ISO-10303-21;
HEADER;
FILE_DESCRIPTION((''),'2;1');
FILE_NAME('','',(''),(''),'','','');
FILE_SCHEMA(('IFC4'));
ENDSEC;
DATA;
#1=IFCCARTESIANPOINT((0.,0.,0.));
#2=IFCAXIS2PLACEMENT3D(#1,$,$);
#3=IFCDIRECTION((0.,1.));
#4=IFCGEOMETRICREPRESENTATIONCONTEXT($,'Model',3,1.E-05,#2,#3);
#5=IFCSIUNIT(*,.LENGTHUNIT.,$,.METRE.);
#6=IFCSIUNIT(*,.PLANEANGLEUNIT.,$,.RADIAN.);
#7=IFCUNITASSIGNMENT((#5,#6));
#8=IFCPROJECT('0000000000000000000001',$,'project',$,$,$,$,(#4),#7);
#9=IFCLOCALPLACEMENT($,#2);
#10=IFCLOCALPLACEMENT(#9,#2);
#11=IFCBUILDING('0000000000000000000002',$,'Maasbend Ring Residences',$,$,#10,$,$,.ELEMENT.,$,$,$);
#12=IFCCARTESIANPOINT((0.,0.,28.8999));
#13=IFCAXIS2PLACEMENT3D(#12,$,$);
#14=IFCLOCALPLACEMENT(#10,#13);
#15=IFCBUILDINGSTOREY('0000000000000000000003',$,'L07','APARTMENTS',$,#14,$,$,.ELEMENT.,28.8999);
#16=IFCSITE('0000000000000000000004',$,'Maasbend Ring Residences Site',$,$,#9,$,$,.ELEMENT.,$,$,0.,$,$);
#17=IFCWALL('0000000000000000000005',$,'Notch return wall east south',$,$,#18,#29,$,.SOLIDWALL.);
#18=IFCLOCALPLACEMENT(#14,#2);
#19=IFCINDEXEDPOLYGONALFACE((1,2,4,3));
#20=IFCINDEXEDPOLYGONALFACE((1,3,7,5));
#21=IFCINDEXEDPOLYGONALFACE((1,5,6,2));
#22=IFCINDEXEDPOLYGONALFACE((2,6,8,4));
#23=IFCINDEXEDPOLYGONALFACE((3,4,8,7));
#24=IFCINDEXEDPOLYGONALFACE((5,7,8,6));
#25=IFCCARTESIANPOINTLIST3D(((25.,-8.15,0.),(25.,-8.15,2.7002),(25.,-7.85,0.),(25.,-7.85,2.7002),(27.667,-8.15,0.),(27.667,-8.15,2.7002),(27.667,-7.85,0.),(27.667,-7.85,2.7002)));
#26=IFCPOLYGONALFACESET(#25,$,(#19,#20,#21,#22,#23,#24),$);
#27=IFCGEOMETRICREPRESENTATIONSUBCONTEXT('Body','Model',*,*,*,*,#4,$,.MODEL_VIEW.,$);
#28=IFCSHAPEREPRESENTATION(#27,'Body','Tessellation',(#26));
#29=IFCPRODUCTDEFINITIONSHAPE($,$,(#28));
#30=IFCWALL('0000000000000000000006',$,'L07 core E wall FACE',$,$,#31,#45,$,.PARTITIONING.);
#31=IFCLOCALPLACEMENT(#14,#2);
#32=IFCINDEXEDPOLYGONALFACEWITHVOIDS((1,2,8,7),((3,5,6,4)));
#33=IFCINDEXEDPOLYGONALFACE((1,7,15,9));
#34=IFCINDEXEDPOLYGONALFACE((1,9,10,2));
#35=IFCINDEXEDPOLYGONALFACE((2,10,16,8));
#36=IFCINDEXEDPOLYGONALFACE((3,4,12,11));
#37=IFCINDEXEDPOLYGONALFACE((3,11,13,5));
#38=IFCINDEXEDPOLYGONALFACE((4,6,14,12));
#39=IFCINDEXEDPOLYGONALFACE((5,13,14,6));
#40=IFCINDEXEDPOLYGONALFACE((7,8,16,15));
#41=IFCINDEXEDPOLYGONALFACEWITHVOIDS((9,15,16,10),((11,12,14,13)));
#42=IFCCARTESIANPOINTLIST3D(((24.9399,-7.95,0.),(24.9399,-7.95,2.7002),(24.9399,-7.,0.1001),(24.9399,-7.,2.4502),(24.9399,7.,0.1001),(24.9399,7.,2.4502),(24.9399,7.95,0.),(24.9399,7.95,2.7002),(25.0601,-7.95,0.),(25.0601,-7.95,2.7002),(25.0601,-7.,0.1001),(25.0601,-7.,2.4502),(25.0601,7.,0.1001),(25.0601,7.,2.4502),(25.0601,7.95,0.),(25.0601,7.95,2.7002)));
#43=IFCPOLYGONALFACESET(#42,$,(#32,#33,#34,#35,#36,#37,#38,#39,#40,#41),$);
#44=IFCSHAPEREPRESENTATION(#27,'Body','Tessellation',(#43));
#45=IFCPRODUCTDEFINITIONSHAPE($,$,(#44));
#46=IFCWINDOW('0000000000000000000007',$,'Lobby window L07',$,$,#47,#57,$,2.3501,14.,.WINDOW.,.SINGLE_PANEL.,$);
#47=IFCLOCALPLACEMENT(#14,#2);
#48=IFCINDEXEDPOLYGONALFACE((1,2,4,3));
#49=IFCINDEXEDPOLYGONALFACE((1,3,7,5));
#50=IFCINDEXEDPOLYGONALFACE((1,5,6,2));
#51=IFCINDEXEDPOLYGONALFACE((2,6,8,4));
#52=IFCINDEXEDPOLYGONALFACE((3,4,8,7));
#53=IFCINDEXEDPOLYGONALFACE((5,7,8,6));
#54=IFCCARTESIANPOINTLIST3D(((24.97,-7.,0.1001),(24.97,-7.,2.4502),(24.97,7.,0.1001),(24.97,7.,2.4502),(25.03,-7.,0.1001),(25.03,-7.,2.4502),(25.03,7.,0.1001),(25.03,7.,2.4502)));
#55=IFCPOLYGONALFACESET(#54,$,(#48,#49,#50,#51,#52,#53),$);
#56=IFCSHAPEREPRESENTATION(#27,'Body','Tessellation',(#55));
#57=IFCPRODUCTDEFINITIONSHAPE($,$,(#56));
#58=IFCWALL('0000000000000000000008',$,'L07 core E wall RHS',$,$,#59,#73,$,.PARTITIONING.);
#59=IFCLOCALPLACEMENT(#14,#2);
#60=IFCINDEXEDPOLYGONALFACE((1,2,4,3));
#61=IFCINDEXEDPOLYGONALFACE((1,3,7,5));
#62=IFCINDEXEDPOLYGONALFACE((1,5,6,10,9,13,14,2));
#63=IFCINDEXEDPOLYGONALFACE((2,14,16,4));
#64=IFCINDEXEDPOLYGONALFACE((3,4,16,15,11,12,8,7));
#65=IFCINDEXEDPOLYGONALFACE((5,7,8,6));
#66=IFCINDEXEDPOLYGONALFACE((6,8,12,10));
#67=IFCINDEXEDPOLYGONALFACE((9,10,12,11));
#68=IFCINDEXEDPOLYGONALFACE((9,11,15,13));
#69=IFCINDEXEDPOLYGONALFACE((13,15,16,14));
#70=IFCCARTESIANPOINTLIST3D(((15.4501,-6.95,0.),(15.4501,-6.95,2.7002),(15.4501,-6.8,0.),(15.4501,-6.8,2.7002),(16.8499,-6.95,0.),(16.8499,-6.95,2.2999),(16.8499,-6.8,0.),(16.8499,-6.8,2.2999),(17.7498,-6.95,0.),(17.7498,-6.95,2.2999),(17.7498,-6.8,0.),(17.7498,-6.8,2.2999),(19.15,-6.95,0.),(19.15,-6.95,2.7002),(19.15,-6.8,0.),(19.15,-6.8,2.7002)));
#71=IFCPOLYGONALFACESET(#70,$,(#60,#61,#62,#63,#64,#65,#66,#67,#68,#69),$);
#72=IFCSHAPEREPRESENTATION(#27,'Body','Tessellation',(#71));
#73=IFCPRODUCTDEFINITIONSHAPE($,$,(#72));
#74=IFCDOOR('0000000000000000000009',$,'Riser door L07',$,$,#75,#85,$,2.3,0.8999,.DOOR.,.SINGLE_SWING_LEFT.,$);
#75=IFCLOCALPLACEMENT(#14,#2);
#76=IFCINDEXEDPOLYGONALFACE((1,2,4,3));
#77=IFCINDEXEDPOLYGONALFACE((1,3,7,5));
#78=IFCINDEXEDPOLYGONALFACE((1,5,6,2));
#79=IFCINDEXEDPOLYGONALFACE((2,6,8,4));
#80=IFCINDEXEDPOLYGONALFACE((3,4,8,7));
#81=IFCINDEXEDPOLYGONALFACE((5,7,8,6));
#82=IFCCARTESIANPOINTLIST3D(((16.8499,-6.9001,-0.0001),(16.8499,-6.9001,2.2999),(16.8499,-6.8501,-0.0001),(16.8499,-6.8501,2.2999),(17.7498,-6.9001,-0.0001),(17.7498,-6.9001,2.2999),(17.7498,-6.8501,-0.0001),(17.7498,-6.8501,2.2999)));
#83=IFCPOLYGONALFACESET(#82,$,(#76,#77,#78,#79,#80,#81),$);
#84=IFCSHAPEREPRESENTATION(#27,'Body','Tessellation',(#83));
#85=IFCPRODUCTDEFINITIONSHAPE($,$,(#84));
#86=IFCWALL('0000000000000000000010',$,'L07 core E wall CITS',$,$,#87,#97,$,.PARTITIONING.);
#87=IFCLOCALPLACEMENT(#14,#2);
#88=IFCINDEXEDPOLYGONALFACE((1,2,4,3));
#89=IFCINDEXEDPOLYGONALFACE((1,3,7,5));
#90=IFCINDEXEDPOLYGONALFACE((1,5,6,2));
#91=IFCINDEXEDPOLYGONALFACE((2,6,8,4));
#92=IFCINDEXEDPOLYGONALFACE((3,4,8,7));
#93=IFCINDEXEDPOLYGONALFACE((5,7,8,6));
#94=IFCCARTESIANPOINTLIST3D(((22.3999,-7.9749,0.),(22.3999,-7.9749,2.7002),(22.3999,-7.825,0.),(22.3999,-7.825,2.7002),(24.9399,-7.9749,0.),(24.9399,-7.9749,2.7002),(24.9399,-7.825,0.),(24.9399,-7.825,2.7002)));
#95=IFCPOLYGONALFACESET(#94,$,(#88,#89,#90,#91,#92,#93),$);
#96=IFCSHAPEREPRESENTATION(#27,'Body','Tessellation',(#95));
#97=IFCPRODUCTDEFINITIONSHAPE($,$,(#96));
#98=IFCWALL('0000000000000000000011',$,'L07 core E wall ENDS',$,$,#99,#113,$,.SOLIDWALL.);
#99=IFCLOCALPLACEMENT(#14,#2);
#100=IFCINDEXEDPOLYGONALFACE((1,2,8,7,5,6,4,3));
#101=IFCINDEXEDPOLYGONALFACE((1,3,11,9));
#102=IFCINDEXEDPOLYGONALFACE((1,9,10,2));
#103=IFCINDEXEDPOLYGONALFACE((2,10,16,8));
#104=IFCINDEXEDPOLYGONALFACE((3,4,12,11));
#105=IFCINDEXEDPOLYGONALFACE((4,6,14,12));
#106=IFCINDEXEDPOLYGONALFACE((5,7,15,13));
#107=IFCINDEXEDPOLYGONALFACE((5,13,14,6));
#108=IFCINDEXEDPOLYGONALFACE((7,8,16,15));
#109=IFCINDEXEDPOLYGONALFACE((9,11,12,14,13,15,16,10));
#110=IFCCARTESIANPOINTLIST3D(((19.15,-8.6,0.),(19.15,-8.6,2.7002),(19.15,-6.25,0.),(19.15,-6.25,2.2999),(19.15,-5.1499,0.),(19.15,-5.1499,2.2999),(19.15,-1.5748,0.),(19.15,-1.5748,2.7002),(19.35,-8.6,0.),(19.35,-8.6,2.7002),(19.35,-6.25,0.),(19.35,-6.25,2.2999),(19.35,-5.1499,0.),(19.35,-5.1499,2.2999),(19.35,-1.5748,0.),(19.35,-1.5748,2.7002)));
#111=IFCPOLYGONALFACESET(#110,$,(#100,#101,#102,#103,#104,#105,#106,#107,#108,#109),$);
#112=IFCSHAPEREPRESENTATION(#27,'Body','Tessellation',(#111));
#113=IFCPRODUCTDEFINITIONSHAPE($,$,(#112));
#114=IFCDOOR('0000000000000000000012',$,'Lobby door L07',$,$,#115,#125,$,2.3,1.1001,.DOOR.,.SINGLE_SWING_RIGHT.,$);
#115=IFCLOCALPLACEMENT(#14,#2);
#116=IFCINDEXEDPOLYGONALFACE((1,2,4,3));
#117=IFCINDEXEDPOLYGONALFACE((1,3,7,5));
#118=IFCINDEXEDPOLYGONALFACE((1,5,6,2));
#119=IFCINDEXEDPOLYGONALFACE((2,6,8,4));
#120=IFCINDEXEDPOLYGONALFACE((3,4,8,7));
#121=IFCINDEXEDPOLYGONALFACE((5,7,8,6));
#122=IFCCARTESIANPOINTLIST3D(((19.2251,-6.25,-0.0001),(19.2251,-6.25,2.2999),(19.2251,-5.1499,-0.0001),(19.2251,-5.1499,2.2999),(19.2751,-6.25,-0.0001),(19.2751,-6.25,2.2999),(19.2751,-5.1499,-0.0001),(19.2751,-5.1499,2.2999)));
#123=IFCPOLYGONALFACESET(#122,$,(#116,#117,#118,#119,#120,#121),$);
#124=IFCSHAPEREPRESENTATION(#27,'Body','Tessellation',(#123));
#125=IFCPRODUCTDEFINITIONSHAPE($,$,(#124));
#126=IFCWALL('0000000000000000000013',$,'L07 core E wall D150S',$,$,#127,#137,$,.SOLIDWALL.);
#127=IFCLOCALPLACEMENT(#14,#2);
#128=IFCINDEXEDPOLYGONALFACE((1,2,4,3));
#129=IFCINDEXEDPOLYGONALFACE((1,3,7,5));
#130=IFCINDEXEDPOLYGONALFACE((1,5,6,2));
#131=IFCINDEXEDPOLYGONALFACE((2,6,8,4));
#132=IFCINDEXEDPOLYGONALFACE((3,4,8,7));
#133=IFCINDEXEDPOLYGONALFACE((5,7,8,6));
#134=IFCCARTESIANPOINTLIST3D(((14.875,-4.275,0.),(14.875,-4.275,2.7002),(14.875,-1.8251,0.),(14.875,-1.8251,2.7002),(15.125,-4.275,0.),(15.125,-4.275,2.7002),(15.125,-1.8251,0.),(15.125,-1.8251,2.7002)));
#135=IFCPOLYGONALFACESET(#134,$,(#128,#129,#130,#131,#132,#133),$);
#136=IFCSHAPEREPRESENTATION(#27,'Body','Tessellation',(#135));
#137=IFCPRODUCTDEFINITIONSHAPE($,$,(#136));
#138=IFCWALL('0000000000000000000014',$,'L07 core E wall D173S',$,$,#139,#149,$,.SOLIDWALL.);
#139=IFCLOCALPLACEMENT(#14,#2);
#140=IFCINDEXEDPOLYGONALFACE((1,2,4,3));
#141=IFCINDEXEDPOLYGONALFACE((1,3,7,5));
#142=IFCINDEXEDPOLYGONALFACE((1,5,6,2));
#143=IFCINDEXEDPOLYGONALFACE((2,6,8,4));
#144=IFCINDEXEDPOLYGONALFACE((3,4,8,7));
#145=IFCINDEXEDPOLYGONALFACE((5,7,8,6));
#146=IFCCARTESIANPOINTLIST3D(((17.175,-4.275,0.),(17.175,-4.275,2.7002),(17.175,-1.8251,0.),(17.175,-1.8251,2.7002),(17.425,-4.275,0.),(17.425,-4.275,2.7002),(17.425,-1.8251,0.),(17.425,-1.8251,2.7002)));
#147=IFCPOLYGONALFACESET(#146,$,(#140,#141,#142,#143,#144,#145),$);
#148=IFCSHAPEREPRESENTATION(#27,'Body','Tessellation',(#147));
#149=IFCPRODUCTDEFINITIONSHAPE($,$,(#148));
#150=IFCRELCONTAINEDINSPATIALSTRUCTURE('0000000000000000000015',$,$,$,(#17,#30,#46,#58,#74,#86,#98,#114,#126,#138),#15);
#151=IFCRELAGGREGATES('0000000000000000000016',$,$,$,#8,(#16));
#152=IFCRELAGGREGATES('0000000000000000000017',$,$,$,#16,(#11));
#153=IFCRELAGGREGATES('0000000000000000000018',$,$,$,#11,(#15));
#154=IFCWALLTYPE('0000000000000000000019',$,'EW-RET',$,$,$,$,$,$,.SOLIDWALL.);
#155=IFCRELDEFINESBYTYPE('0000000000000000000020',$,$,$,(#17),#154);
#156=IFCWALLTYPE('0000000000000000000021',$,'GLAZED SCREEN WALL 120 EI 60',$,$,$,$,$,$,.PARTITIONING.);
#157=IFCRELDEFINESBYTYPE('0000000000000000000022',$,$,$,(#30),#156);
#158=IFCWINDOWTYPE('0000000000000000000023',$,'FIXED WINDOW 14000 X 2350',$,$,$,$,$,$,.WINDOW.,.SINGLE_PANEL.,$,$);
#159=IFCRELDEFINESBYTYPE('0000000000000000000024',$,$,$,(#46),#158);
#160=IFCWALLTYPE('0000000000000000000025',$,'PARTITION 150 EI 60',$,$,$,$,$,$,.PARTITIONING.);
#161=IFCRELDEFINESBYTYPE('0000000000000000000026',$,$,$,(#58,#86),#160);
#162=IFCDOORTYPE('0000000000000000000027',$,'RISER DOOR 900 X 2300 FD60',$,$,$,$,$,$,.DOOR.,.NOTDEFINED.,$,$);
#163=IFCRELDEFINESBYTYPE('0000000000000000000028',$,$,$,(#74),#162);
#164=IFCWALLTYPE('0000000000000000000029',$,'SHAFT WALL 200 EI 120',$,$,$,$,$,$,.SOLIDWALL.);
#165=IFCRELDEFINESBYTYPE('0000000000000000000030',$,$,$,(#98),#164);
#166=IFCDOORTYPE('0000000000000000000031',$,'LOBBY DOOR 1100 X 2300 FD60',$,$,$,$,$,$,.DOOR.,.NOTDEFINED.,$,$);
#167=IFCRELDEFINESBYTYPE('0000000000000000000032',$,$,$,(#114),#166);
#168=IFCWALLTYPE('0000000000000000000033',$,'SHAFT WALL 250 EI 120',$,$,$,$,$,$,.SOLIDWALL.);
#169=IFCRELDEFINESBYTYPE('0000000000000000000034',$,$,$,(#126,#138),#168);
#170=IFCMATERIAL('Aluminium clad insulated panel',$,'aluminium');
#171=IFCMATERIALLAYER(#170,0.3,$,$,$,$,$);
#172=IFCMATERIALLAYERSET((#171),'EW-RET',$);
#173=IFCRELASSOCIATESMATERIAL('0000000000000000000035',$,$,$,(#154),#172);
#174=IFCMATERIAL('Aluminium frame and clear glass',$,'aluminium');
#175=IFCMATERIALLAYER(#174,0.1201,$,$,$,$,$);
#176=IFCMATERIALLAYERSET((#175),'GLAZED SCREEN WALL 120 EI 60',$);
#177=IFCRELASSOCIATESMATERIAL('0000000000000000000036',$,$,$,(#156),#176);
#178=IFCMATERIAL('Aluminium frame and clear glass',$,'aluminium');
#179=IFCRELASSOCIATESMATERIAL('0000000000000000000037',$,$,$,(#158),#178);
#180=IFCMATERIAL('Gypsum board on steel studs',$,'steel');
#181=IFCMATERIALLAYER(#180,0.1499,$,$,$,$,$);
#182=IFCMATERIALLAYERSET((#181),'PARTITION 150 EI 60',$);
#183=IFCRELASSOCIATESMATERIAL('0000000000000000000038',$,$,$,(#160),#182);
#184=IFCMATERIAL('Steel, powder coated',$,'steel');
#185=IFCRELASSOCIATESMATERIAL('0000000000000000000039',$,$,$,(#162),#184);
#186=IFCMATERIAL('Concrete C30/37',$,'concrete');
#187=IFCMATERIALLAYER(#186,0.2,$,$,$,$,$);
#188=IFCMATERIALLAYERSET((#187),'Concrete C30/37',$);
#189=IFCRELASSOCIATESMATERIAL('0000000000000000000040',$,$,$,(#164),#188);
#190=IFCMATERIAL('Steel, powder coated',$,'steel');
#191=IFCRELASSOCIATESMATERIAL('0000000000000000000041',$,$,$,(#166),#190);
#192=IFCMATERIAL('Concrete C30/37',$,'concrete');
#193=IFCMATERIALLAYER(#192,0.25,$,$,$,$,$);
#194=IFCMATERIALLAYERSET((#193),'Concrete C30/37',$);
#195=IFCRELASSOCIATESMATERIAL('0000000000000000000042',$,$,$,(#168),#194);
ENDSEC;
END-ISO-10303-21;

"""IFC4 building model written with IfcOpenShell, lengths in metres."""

from ifc_helpers import new_model, si_unit, direction, frame, frame_2d, origin, place, context, subcontext, project, spatial, rectangle, extrude, material, layer, layer_set, type_object, element, fill, save


model = new_model("IFC4")

# Units and contexts
model_context = context("Model", 3, precision=1e-05, world=origin(), true_north=direction((0.0, 1.0)))
body_context = subcontext(model_context, "Body", "Model", "MODEL_VIEW")
ifc_project = project(units=[si_unit("LENGTHUNIT", "METRE"), si_unit("PLANEANGLEUNIT", "RADIAN")], contexts=[model_context])

# Site, building, storey
site_placement = place(None, origin())
site = spatial("IfcSite", under=ifc_project, at=site_placement, Name="Maasbend Ring Residences Site", CompositionType="ELEMENT", RefElevation=0.0)
building_placement = place(site_placement, origin())
building = spatial("IfcBuilding", under=site, at=building_placement, Name="Maasbend Ring Residences", CompositionType="ELEMENT")
storey_placement = place(building_placement, frame((0.0, 0.0, 28.8999)))
storey = spatial("IfcBuildingStorey", under=building, at=storey_placement, Name="L07", Description="APARTMENTS", CompositionType="ELEMENT", Elevation=28.8999)

# Wall
ifc_material_1 = material(Name="Aluminium clad insulated panel", Category="aluminium")
ifc_layer_1 = layer(ifc_material_1, 0.3)
ifc_layer_set_1 = layer_set([ifc_layer_1], Name="EW-RET")
wall_type_1 = type_object("IfcWallType", Name="EW-RET", PredefinedType="SOLIDWALL", material=ifc_layer_set_1)
wall_1_placement = place(storey_placement, frame((25.0, -8.0, 0.0), z_axis=(0.0, 0.0, 1.0), x_axis=(1.0, 0.0, 0.0)))
element("IfcWall", 1, at=wall_1_placement, inside=storey, type_object=wall_type_1, Name="Notch return wall east south", PredefinedType="SOLIDWALL", context=body_context, shape_type="SweptSolid", body=[
    extrude(rectangle(XDim=2.667, YDim=0.3, at=frame_2d((1.3335, 0.0))), origin(), (0.0, 0.0, 1.0), 2.7002),
])

# Wall, opening, window
ifc_material_2 = material(Name="Aluminium frame and clear glass", Category="aluminium")
ifc_layer_2 = layer(ifc_material_2, 0.1201)
ifc_layer_set_2 = layer_set([ifc_layer_2], Name="GLAZED SCREEN WALL 120 EI 60")
wall_type_2 = type_object("IfcWallType", Name="GLAZED SCREEN WALL 120 EI 60", PredefinedType="PARTITIONING", material=ifc_layer_set_2)
wall_2_placement = place(storey_placement, frame((25.0, -7.95, 0.0), z_axis=(0.0, 0.0, 1.0), x_axis=(0.0, 1.0, 0.0)))
wall_2 = element("IfcWall", 2, at=wall_2_placement, inside=storey, type_object=wall_type_2, Name="L07 core E wall FACE", PredefinedType="PARTITIONING", context=body_context, shape_type="SweptSolid", body=[
    extrude(rectangle(XDim=15.8999, YDim=0.1201, at=frame_2d((7.95, 0.0))), origin(), (0.0, 0.0, 1.0), 2.7002),
])
opening_1_placement = place(wall_2_placement, frame((0.95, 0.0, 0.1001)))
opening_1 = element("IfcOpeningElement", 3, at=opening_1_placement, cuts=wall_2, PredefinedType="OPENING", context=body_context, shape_type="SweptSolid", body=[
    extrude(rectangle(XDim=14.0, YDim=2.3501, at=frame_2d((7.0, 1.175))), frame((0.0, 0.0701, 0.0), z_axis=(0.0, -1.0, 0.0), x_axis=(1.0, 0.0, 0.0)), (0.0, 0.0, 1.0), 0.1401),
])
ifc_material_3 = material(Name="Aluminium frame and clear glass", Category="aluminium")
window_type = type_object("IfcWindowType", Name="FIXED WINDOW 14000 X 2350", PartitioningType="SINGLE_PANEL", PredefinedType="WINDOW", material=ifc_material_3)
window_placement = place(opening_1_placement, origin())
window = element("IfcWindow", 4, at=window_placement, inside=storey, type_object=window_type, Name="Lobby window L07", OverallHeight=2.3501, OverallWidth=14.0, PartitioningType="SINGLE_PANEL", PredefinedType="WINDOW", context=body_context, shape_type="SweptSolid", body=[
    extrude(rectangle(XDim=14.0, YDim=2.3501, at=frame_2d((7.0, 1.175))), frame((0.0, 0.03, 0.0), z_axis=(0.0, -1.0, 0.0), x_axis=(1.0, 0.0, 0.0)), (0.0, 0.0, 1.0), 0.0601),
])
fill(opening_1, window)

# Wall, opening, door
ifc_material_4 = material(Name="Gypsum board on steel studs", Category="steel")
ifc_layer_3 = layer(ifc_material_4, 0.1499)
ifc_layer_set_3 = layer_set([ifc_layer_3], Name="PARTITION 150 EI 60")
wall_type_3 = type_object("IfcWallType", Name="PARTITION 150 EI 60", PredefinedType="PARTITIONING", material=ifc_layer_set_3)
wall_3_placement = place(storey_placement, frame((15.45, -6.875, 0.0), z_axis=(0.0, 0.0, 1.0), x_axis=(1.0, 0.0, 0.0)))
wall_3 = element("IfcWall", 5, at=wall_3_placement, inside=storey, type_object=wall_type_3, Name="L07 core E wall RHS", PredefinedType="PARTITIONING", context=body_context, shape_type="SweptSolid", body=[
    extrude(rectangle(XDim=3.7, YDim=0.1499, at=frame_2d((1.8501, 0.0))), origin(), (0.0, 0.0, 1.0), 2.7002),
])
opening_2_placement = place(wall_3_placement, frame((1.3999, 0.0, 0.0)))
opening_2 = element("IfcOpeningElement", 6, at=opening_2_placement, cuts=wall_3, PredefinedType="OPENING", context=body_context, shape_type="SweptSolid", body=[
    extrude(rectangle(XDim=0.8999, YDim=2.3, at=frame_2d((0.45, 1.1499))), frame((0.0, 0.085, 0.0), z_axis=(0.0, -1.0, 0.0), x_axis=(1.0, 0.0, 0.0)), (0.0, 0.0, 1.0), 0.1699),
])
ifc_material_5 = material(Name="Steel, powder coated", Category="steel")
door_type_1 = type_object("IfcDoorType", Name="RISER DOOR 900 X 2300 FD60", OperationType="NOTDEFINED", PredefinedType="DOOR", material=ifc_material_5)
door_1_placement = place(opening_2_placement, origin())
door_1 = element("IfcDoor", 7, at=door_1_placement, inside=storey, type_object=door_type_1, Name="Riser door L07", OperationType="SINGLE_SWING_LEFT", OverallHeight=2.3, OverallWidth=0.8999, PredefinedType="DOOR", context=body_context, shape_type="SweptSolid", body=[
    extrude(rectangle(XDim=0.8999, YDim=2.3, at=frame_2d((0.45, 1.1499))), frame((0.0, 0.0249, 0.0), z_axis=(0.0, -1.0, 0.0), x_axis=(1.0, 0.0, 0.0)), (0.0, 0.0, 1.0), 0.05),
])
fill(opening_2, door_1)

# Wall
wall_4_placement = place(storey_placement, frame((22.3999, -7.8999, 0.0), z_axis=(0.0, 0.0, 1.0), x_axis=(1.0, 0.0, 0.0)))
element("IfcWall", 8, at=wall_4_placement, inside=storey, type_object=wall_type_3, Name="L07 core E wall CITS", PredefinedType="PARTITIONING", context=body_context, shape_type="SweptSolid", body=[
    extrude(rectangle(XDim=2.54, YDim=0.1499, at=frame_2d((1.27, 0.0))), origin(), (0.0, 0.0, 1.0), 2.7002),
])

# Wall, opening, door
ifc_material_6 = material(Name="Concrete C30/37", Category="concrete")
ifc_layer_4 = layer(ifc_material_6, 0.2)
ifc_layer_set_4 = layer_set([ifc_layer_4], Name="Concrete C30/37")
wall_type_4 = type_object("IfcWallType", Name="SHAFT WALL 200 EI 120", PredefinedType="SOLIDWALL", material=ifc_layer_set_4)
wall_5_placement = place(storey_placement, frame((19.25, -8.6001, 0.0), z_axis=(0.0, 0.0, 1.0), x_axis=(0.0, 1.0, 0.0)))
wall_5 = element("IfcWall", 9, at=wall_5_placement, inside=storey, type_object=wall_type_4, Name="L07 core E wall ENDS", PredefinedType="SOLIDWALL", context=body_context, shape_type="SweptSolid", body=[
    extrude(rectangle(XDim=7.0251, YDim=0.2, at=frame_2d((3.5127, 0.0))), origin(), (0.0, 0.0, 1.0), 2.7002),
])
opening_3_placement = place(wall_5_placement, frame((2.3501, 0.0, 0.0)))
opening_3 = element("IfcOpeningElement", 10, at=opening_3_placement, cuts=wall_5, PredefinedType="OPENING", context=body_context, shape_type="SweptSolid", body=[
    extrude(rectangle(XDim=1.1001, YDim=2.3, at=frame_2d((0.55, 1.1499))), frame((0.0, 0.1099, 0.0), z_axis=(0.0, -1.0, 0.0), x_axis=(1.0, 0.0, 0.0)), (0.0, 0.0, 1.0), 0.22),
])
ifc_material_7 = material(Name="Steel, powder coated", Category="steel")
door_type_2 = type_object("IfcDoorType", Name="LOBBY DOOR 1100 X 2300 FD60", OperationType="NOTDEFINED", PredefinedType="DOOR", material=ifc_material_7)
door_2_placement = place(opening_3_placement, origin())
door_2 = element("IfcDoor", 11, at=door_2_placement, inside=storey, type_object=door_type_2, Name="Lobby door L07", OperationType="SINGLE_SWING_RIGHT", OverallHeight=2.3, OverallWidth=1.1001, PredefinedType="DOOR", context=body_context, shape_type="SweptSolid", body=[
    extrude(rectangle(XDim=1.1001, YDim=2.3, at=frame_2d((0.55, 1.1499))), frame((0.0, 0.0249, 0.0), z_axis=(0.0, -1.0, 0.0), x_axis=(1.0, 0.0, 0.0)), (0.0, 0.0, 1.0), 0.05),
])
fill(opening_3, door_2)

# Walls
ifc_material_8 = material(Name="Concrete C30/37", Category="concrete")
ifc_layer_5 = layer(ifc_material_8, 0.25)
ifc_layer_set_5 = layer_set([ifc_layer_5], Name="Concrete C30/37")
wall_type_5 = type_object("IfcWallType", Name="SHAFT WALL 250 EI 120", PredefinedType="SOLIDWALL", material=ifc_layer_set_5)
for number, where, z_axis, x_axis, name in (
    (12, (15.0, -1.825, 0.0), (0.0, 0.0, 1.0), (0.0, -1.0, 0.0), "L07 core E wall D150S"),
    (13, (17.3, -1.825, 0.0), (0.0, 0.0, 1.0), (0.0, -1.0, 0.0), "L07 core E wall D173S"),
):
    element("IfcWall", number, at=place(storey_placement, frame(where, z_axis=z_axis, x_axis=x_axis)), inside=storey, type_object=wall_type_5, Name=name, PredefinedType="SOLIDWALL", context=body_context, shape_type="SweptSolid", body=[
        extrude(rectangle(XDim=2.45, YDim=0.25, at=frame_2d((1.2251, 0.0))), origin(), (0.0, 0.0, 1.0), 2.7002),
    ])

save(model, "model.ifc")
